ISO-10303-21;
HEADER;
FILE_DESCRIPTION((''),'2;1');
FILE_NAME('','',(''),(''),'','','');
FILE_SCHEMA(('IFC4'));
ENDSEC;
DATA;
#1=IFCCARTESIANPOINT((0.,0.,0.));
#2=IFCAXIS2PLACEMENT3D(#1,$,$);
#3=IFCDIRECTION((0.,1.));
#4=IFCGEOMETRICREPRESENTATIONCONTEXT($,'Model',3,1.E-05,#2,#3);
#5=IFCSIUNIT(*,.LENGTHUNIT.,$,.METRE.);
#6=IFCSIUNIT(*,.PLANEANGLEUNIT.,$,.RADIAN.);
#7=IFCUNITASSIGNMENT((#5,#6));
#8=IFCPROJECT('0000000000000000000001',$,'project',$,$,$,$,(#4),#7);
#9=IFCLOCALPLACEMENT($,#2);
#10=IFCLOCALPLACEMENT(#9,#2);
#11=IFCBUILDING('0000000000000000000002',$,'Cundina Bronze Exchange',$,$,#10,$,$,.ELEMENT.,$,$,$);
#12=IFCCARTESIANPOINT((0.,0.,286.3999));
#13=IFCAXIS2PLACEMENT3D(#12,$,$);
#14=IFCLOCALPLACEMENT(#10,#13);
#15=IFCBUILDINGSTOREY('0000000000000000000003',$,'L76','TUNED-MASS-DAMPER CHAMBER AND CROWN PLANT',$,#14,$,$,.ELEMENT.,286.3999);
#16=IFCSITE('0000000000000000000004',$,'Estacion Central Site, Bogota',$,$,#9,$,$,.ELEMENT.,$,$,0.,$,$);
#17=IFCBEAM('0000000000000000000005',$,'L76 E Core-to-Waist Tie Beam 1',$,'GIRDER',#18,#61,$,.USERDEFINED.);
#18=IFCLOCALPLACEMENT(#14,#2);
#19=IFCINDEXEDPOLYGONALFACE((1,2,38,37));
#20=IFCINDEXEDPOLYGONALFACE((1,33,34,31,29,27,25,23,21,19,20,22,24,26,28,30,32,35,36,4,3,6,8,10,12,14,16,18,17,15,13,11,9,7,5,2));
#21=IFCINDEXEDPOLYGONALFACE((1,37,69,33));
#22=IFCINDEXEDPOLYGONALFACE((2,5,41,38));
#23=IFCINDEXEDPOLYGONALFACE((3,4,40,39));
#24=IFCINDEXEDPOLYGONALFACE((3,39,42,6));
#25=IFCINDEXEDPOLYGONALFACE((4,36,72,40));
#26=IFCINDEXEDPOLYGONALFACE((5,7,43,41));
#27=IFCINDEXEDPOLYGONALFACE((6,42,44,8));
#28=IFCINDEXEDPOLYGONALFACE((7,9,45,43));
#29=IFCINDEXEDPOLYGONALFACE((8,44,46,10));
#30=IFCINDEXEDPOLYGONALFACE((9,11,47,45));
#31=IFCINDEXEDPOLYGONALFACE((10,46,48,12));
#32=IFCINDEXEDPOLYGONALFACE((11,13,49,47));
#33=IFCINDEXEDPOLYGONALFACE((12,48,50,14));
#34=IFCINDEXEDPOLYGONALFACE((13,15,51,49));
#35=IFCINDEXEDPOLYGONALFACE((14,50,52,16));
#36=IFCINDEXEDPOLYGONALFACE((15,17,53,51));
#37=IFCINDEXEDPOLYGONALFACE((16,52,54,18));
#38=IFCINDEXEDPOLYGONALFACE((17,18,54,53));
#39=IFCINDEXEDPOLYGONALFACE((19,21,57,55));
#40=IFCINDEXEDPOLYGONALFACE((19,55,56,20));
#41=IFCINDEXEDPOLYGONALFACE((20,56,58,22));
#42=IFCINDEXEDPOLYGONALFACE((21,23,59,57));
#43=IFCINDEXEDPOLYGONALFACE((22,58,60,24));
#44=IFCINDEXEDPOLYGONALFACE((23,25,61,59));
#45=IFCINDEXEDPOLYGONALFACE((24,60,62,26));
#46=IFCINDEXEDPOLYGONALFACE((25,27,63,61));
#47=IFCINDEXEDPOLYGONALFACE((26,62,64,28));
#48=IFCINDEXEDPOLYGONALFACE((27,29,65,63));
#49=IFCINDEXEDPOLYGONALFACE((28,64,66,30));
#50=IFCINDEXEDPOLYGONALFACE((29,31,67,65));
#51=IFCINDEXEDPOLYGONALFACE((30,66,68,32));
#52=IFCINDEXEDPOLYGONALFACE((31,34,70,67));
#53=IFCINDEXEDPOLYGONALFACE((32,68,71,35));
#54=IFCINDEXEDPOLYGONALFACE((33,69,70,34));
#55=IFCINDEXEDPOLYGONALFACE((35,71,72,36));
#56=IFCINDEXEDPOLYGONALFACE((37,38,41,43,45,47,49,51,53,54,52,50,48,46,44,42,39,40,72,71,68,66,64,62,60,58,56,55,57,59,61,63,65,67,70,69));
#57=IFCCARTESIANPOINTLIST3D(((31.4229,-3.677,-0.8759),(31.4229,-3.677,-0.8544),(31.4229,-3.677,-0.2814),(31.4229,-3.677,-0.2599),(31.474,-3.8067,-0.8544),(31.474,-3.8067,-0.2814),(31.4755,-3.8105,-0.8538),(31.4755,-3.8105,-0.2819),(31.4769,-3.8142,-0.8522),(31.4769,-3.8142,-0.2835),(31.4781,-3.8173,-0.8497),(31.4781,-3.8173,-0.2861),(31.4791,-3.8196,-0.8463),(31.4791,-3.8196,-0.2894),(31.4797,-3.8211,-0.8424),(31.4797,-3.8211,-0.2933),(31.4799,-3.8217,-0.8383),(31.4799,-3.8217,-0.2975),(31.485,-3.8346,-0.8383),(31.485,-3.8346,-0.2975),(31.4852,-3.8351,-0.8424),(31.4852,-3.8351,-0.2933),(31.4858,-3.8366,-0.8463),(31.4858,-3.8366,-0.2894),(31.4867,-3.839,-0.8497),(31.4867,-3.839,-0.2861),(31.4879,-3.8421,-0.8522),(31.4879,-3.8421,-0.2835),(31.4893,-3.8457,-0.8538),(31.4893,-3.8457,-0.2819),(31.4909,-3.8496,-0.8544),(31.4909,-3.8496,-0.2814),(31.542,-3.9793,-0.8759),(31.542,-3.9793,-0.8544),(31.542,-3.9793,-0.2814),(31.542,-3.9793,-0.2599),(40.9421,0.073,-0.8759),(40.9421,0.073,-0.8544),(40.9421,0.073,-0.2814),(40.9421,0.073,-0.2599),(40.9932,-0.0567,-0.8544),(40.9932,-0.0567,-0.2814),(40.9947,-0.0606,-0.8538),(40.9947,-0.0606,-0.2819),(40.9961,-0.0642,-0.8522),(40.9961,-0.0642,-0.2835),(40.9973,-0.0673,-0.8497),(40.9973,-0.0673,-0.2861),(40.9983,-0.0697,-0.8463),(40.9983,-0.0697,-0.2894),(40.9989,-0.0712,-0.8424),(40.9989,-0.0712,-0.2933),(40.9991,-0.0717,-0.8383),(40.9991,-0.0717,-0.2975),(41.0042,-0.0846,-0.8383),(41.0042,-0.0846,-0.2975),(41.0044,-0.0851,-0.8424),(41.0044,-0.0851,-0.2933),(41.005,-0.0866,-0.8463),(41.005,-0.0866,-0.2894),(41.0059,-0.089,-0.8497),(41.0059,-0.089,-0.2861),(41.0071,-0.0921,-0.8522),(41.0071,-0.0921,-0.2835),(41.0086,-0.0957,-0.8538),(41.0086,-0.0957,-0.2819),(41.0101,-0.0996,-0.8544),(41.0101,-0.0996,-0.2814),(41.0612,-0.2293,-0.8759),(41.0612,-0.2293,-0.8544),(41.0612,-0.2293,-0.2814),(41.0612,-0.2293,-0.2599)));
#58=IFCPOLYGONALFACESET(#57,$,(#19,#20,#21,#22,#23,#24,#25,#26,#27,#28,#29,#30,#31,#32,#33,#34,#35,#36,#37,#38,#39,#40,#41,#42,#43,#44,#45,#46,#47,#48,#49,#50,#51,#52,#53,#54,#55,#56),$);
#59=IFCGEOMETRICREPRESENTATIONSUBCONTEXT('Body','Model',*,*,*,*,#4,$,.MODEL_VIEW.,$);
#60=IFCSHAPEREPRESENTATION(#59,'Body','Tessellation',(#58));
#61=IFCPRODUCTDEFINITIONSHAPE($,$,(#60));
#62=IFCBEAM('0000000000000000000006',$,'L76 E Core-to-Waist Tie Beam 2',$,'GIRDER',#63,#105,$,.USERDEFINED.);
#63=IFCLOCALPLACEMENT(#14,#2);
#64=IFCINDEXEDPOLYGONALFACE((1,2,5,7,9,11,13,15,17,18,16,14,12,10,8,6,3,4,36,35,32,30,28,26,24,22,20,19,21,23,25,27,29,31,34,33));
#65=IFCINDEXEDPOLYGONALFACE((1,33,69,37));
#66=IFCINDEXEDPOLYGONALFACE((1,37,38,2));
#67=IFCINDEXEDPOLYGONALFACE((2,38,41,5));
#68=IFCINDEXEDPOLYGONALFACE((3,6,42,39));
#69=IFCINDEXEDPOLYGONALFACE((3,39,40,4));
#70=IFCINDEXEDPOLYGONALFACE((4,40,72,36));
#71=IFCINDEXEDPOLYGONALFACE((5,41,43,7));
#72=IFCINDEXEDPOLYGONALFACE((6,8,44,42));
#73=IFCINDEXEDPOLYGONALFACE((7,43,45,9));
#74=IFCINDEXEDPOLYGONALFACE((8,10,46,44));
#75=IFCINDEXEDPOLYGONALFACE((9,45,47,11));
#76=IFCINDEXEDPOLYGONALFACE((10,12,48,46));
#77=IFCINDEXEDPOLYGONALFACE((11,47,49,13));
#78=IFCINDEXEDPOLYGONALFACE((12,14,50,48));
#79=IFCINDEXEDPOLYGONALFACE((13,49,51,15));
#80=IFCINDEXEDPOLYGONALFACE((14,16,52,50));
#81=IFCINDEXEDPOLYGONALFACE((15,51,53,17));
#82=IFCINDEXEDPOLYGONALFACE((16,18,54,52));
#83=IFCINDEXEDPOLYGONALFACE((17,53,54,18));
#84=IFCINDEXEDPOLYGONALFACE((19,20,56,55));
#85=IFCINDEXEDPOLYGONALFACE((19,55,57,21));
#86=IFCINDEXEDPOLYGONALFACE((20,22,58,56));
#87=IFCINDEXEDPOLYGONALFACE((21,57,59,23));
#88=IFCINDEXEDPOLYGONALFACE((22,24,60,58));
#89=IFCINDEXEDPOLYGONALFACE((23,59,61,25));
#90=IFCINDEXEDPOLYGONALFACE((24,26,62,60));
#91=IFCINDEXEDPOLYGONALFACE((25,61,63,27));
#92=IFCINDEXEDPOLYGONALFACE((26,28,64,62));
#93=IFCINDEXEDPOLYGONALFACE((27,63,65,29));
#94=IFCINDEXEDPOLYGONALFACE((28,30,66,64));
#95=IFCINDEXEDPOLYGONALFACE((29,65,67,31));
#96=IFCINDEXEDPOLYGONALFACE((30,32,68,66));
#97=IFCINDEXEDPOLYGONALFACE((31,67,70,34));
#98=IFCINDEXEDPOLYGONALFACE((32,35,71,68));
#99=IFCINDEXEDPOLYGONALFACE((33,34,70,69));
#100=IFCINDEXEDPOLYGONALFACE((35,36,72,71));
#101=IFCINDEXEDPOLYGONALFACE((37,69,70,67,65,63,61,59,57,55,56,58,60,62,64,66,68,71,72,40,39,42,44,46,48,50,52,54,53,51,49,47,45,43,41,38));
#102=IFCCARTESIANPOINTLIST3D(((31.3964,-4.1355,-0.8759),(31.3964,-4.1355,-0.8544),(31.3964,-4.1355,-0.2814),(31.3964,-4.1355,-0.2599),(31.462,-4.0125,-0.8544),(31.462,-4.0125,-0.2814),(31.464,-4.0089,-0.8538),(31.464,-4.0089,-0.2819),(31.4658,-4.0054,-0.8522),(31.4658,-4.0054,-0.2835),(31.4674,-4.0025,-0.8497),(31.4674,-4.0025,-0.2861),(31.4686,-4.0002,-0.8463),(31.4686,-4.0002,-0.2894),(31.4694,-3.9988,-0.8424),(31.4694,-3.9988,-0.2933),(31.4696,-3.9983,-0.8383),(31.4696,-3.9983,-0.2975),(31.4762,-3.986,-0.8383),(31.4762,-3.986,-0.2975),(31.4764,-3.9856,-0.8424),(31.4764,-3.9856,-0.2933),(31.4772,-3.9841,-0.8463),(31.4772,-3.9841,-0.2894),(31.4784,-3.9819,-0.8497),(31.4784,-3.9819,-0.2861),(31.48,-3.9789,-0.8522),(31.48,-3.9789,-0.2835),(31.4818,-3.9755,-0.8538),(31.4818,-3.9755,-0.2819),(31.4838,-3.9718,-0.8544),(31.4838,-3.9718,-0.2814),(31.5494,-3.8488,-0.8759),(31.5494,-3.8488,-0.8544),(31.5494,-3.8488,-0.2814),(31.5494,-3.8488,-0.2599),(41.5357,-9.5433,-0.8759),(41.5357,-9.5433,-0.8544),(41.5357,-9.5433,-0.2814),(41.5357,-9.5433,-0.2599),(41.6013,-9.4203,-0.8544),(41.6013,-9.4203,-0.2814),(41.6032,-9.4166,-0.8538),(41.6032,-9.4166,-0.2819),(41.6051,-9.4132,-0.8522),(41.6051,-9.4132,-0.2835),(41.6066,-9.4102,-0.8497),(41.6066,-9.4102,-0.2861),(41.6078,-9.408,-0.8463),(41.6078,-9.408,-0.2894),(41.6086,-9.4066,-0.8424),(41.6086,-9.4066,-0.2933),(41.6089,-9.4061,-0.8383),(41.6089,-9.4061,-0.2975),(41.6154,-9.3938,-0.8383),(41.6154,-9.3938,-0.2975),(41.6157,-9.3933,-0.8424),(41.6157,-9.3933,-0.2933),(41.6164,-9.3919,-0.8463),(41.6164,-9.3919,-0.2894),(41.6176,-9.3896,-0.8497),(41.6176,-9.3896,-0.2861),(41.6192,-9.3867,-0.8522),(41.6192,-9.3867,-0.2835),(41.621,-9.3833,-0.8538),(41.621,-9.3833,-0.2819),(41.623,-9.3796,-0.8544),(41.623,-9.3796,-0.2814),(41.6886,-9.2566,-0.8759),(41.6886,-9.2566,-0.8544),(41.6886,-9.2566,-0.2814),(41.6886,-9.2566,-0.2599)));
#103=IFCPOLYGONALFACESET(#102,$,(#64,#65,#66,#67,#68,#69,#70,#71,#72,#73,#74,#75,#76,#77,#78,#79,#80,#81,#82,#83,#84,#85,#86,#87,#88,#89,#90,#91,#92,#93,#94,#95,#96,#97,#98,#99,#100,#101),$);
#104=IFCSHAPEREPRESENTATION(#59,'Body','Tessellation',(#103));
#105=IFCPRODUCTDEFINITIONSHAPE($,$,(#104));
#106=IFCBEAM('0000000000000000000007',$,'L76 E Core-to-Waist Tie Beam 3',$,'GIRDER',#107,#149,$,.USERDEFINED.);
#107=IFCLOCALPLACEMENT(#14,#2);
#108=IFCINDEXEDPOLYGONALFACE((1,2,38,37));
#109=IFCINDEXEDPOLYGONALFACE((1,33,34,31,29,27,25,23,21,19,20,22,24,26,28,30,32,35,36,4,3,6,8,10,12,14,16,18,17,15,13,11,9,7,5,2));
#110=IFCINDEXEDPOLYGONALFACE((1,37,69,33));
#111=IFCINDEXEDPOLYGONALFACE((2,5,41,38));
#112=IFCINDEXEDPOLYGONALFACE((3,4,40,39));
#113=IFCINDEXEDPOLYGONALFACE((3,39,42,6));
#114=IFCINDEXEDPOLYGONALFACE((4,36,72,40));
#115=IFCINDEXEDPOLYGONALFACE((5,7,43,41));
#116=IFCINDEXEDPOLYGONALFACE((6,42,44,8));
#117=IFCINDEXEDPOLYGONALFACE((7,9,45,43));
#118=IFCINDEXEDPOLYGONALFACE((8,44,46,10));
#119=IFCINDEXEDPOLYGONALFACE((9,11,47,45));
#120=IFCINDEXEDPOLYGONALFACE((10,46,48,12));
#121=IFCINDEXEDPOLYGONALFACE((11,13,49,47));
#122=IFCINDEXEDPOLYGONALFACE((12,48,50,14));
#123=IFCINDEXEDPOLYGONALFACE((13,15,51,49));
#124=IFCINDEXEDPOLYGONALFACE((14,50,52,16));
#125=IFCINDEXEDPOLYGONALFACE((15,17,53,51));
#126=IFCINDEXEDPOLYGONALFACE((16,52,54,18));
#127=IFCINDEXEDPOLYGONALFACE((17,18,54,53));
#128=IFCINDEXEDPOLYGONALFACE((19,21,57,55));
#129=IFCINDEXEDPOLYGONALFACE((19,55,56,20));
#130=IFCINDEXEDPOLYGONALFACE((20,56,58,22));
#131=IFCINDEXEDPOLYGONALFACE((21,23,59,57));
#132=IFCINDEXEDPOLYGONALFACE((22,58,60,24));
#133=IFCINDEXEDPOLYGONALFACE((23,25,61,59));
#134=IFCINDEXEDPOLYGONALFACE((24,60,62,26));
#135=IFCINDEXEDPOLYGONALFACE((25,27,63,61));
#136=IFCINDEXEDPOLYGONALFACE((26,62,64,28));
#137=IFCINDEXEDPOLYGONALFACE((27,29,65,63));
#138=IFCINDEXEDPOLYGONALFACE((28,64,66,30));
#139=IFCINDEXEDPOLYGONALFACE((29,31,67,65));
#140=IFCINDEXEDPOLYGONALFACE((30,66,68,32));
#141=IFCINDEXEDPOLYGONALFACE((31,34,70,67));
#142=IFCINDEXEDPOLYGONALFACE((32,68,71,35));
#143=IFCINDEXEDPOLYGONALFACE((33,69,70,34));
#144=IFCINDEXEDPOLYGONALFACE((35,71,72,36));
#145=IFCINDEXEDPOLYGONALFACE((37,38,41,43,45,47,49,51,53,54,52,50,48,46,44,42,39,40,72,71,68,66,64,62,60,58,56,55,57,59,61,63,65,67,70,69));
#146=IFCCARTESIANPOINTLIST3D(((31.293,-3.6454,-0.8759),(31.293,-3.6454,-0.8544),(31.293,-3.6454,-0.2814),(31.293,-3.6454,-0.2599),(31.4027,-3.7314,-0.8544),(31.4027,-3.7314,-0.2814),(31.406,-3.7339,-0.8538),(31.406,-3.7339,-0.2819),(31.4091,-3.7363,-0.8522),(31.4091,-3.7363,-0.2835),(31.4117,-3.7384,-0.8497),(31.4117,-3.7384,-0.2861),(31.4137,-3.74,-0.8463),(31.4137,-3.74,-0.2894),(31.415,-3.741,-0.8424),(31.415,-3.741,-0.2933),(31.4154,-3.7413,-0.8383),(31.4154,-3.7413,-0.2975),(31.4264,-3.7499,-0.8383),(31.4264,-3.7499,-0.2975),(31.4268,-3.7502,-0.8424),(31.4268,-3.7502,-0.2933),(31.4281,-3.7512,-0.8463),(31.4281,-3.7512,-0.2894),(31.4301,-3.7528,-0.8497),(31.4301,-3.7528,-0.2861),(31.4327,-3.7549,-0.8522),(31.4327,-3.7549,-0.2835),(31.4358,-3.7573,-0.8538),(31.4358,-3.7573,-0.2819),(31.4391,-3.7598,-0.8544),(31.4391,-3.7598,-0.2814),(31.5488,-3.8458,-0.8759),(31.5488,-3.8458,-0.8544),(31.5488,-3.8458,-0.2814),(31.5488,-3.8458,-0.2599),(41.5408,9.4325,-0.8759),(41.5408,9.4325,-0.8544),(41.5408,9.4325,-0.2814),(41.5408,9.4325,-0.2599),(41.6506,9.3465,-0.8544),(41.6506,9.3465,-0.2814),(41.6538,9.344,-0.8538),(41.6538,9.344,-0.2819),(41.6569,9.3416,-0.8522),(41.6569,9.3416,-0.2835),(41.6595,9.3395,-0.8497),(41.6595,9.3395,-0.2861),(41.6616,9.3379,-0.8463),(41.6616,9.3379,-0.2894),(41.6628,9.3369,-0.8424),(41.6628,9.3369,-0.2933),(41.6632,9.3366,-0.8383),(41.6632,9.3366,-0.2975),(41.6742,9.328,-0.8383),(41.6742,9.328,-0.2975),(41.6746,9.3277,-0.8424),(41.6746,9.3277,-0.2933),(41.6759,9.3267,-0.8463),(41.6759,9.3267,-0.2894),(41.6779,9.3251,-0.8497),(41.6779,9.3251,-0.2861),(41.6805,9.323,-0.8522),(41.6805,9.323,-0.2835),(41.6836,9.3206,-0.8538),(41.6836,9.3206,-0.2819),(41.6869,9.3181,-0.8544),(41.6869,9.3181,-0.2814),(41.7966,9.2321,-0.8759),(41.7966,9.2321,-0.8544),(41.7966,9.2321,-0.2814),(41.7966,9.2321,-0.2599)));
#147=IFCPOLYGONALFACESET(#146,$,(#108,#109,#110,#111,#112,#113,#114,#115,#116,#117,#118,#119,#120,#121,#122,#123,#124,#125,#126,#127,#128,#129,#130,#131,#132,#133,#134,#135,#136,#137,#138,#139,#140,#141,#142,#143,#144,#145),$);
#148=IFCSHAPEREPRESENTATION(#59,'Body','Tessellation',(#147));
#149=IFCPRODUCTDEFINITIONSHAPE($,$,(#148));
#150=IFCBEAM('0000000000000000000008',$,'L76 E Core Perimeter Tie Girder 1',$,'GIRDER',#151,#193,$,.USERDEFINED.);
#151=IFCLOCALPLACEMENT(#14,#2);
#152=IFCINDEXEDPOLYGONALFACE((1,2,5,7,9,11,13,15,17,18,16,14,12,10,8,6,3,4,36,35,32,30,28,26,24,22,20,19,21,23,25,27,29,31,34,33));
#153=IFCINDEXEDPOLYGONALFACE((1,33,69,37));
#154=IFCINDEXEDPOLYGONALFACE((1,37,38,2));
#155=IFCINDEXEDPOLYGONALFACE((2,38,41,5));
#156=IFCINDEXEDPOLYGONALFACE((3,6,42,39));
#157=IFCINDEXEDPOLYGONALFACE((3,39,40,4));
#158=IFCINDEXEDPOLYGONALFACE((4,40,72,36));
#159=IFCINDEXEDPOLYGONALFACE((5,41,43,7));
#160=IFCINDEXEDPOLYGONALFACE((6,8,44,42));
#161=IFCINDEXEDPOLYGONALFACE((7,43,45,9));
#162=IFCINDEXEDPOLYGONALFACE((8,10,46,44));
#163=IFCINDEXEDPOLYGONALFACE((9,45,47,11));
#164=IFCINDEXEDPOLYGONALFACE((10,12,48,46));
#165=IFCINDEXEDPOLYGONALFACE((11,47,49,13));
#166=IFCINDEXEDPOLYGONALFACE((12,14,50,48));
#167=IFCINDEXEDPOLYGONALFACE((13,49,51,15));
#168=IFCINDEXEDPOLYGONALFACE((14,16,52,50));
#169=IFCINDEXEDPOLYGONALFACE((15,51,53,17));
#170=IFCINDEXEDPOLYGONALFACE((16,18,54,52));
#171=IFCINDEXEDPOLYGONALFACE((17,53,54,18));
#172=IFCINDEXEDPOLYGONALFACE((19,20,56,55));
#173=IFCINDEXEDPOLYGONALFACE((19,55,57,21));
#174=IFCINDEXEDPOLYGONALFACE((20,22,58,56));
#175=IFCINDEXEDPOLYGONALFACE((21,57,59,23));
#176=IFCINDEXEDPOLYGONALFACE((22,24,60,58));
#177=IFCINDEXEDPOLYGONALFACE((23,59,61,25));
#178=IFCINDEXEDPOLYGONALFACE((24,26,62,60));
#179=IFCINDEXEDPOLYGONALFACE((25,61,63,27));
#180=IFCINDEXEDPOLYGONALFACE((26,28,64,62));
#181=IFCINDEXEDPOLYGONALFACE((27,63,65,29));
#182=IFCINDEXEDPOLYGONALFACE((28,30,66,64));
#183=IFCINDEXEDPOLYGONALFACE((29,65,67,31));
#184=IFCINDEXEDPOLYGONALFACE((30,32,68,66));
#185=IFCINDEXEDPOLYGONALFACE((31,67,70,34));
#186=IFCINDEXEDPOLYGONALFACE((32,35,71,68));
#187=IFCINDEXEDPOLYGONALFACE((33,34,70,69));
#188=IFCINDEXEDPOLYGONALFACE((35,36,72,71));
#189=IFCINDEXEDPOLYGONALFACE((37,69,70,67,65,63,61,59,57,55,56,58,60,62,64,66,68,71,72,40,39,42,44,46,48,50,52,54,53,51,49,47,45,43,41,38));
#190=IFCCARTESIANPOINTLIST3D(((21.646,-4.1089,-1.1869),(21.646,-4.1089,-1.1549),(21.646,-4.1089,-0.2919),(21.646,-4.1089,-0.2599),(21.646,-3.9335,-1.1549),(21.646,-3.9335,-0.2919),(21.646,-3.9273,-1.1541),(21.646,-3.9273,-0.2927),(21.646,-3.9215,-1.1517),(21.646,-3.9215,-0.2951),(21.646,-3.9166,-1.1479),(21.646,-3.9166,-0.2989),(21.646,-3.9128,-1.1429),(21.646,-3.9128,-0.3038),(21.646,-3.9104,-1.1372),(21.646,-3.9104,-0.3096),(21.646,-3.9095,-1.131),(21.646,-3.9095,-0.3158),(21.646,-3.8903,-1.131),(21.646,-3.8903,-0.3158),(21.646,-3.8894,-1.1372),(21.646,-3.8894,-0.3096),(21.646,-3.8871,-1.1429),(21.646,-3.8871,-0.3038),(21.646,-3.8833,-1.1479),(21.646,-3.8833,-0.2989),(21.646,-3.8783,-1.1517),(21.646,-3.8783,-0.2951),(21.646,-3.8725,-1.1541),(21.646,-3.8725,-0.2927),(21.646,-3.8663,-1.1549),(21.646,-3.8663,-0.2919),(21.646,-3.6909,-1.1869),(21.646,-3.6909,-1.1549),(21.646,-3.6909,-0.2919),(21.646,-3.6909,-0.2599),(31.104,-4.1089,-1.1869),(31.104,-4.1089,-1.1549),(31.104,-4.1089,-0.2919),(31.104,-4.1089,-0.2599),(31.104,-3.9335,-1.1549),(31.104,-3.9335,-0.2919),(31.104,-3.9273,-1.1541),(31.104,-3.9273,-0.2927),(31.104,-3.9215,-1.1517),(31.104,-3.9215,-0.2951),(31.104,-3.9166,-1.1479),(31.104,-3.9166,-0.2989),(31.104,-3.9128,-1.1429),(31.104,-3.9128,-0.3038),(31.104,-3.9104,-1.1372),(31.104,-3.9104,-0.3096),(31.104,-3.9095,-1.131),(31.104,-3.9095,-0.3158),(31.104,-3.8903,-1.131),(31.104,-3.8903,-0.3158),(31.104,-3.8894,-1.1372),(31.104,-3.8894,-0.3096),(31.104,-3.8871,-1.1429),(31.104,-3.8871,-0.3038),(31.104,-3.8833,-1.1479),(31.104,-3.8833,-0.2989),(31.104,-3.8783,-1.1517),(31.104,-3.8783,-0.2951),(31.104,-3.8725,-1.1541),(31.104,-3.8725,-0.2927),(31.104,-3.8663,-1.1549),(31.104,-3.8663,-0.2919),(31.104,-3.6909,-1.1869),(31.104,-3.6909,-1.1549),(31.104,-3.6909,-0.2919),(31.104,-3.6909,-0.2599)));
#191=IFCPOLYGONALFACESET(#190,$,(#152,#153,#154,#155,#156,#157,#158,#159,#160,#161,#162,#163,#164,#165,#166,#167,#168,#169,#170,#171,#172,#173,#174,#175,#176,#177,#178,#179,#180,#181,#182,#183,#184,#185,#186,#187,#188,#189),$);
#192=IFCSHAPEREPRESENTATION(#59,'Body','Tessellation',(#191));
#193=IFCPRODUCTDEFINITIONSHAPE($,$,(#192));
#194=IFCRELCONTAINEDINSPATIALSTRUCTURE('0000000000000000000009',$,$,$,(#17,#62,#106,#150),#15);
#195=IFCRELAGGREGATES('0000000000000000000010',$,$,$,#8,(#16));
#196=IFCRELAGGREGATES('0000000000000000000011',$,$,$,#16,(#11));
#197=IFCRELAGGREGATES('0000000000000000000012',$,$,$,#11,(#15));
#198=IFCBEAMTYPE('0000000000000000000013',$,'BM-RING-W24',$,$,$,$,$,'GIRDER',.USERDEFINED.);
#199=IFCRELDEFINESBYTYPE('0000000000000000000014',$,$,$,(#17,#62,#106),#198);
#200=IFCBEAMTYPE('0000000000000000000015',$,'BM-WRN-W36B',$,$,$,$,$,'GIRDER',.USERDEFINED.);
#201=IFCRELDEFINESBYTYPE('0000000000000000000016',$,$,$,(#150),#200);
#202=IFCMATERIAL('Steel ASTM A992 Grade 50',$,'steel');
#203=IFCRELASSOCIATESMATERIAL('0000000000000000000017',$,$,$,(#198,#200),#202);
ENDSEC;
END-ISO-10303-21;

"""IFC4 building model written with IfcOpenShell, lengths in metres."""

from ifc_helpers import new_model, si_unit, direction, frame, origin, origin_2d, place, context, subcontext, project, spatial, i_section, extrude, material, material_profile, profile_set, type_object, element, save


model = new_model("IFC4")

# Units and contexts
model_context = context("Model", 3, precision=1e-05, world=origin(), true_north=direction((0.0, 1.0)))
body_context = subcontext(model_context, "Body", "Model", "MODEL_VIEW")
ifc_project = project(units=[si_unit("LENGTHUNIT", "METRE"), si_unit("PLANEANGLEUNIT", "RADIAN")], contexts=[model_context])

# Site, building, storey
site_placement = place(None, origin())
site = spatial("IfcSite", under=ifc_project, at=site_placement, Name="Estacion Central Site, Bogota", CompositionType="ELEMENT", RefElevation=0.0)
building_placement = place(site_placement, origin())
building = spatial("IfcBuilding", under=site, at=building_placement, Name="Cundina Bronze Exchange", CompositionType="ELEMENT")
storey_placement = place(building_placement, frame((0.0, 0.0, 286.3999)))
storey = spatial("IfcBuildingStorey", under=building, at=storey_placement, Name="L76", Description="TUNED-MASS-DAMPER CHAMBER AND CROWN PLANT", CompositionType="ELEMENT", Elevation=286.3999)

# Shared definitions
ifc_material_1 = material(Name="Steel ASTM A992 Grade 50", Category="steel")

# Beams
ifc_material_profile_1 = material_profile(ifc_material_1, i_section(OverallWidth=0.325, OverallDepth=0.616, WebThickness=0.0139, FlangeThickness=0.0215, FilletRadius=0.0161, at=origin_2d()), Name="W24X117", Category="steel")
ifc_profile_set_1 = profile_set([ifc_material_profile_1], Name="Steel ASTM A992 Grade 50")
beam_type_1 = type_object("IfcBeamType", Name="BM-RING-W24", ElementType="GIRDER", PredefinedType="USERDEFINED", material=ifc_profile_set_1)
beam_1_placement = place(storey_placement, frame((31.4824, -3.8281, -0.5679), z_axis=(0.930409, 0.366523, 0.0), x_axis=(-0.366523, 0.930409, 0.0)))
element("IfcBeam", 1, at=beam_1_placement, inside=storey, type_object=beam_type_1, Name="L76 E Core-to-Waist Tie Beam 1", ObjectType="GIRDER", PredefinedType="USERDEFINED", context=body_context, shape_type="SweptSolid", body=[
    extrude(i_section(OverallWidth=0.325, OverallDepth=0.616, WebThickness=0.0139, FlangeThickness=0.0215, FilletRadius=0.0161, at=origin_2d()), origin(), (0.0, 0.0, 1.0), 10.2312),
])
beam_2_placement = place(storey_placement, frame((31.4729, -3.9922, -0.5679), z_axis=(0.882347, -0.470599, 0.0), x_axis=(0.470599, 0.882347, 0.0)))
element("IfcBeam", 2, at=beam_2_placement, inside=storey, type_object=beam_type_1, Name="L76 E Core-to-Waist Tie Beam 2", ObjectType="GIRDER", PredefinedType="USERDEFINED", context=body_context, shape_type="SweptSolid", body=[
    extrude(i_section(OverallWidth=0.325, OverallDepth=0.616, WebThickness=0.0139, FlangeThickness=0.0215, FilletRadius=0.0161, at=origin_2d()), origin(), (0.0, 0.0, 1.0), 11.4912),
])
beam_3_placement = place(storey_placement, frame((31.4209, -3.7456, -0.5679), z_axis=(0.616791, 0.787127, 0.0), x_axis=(-0.787127, 0.616791, 0.0)))
element("IfcBeam", 3, at=beam_3_placement, inside=storey, type_object=beam_type_1, Name="L76 E Core-to-Waist Tie Beam 3", ObjectType="GIRDER", PredefinedType="USERDEFINED", context=body_context, shape_type="SweptSolid", body=[
    extrude(i_section(OverallWidth=0.325, OverallDepth=0.616, WebThickness=0.0139, FlangeThickness=0.0215, FilletRadius=0.0161, at=origin_2d()), origin(), (0.0, 0.0, 1.0), 16.6147),
])
ifc_material_profile_2 = material_profile(ifc_material_1, i_section(OverallWidth=0.418, OverallDepth=0.927, WebThickness=0.0193, FlangeThickness=0.032, FilletRadius=0.0239, at=origin_2d()), Name="W36X231", Category="steel")
ifc_profile_set_2 = profile_set([ifc_material_profile_2], Name="Steel ASTM A992 Grade 50")
beam_type_2 = type_object("IfcBeamType", Name="BM-WRN-W36B", ElementType="GIRDER", PredefinedType="USERDEFINED", material=ifc_profile_set_2)
beam_4_placement = place(storey_placement, frame((31.104, -3.8999, -0.7234), z_axis=(-1.0, 0.0, 0.0), x_axis=(0.0, -1.0, 0.0)))
element("IfcBeam", 4, at=beam_4_placement, inside=storey, type_object=beam_type_2, Name="L76 E Core Perimeter Tie Girder 1", ObjectType="GIRDER", PredefinedType="USERDEFINED", context=body_context, shape_type="SweptSolid", body=[
    extrude(i_section(OverallWidth=0.418, OverallDepth=0.927, WebThickness=0.0193, FlangeThickness=0.032, FilletRadius=0.0239, at=origin_2d()), origin(), (0.0, 0.0, 1.0), 9.458),
])

save(model, "model.ifc")
